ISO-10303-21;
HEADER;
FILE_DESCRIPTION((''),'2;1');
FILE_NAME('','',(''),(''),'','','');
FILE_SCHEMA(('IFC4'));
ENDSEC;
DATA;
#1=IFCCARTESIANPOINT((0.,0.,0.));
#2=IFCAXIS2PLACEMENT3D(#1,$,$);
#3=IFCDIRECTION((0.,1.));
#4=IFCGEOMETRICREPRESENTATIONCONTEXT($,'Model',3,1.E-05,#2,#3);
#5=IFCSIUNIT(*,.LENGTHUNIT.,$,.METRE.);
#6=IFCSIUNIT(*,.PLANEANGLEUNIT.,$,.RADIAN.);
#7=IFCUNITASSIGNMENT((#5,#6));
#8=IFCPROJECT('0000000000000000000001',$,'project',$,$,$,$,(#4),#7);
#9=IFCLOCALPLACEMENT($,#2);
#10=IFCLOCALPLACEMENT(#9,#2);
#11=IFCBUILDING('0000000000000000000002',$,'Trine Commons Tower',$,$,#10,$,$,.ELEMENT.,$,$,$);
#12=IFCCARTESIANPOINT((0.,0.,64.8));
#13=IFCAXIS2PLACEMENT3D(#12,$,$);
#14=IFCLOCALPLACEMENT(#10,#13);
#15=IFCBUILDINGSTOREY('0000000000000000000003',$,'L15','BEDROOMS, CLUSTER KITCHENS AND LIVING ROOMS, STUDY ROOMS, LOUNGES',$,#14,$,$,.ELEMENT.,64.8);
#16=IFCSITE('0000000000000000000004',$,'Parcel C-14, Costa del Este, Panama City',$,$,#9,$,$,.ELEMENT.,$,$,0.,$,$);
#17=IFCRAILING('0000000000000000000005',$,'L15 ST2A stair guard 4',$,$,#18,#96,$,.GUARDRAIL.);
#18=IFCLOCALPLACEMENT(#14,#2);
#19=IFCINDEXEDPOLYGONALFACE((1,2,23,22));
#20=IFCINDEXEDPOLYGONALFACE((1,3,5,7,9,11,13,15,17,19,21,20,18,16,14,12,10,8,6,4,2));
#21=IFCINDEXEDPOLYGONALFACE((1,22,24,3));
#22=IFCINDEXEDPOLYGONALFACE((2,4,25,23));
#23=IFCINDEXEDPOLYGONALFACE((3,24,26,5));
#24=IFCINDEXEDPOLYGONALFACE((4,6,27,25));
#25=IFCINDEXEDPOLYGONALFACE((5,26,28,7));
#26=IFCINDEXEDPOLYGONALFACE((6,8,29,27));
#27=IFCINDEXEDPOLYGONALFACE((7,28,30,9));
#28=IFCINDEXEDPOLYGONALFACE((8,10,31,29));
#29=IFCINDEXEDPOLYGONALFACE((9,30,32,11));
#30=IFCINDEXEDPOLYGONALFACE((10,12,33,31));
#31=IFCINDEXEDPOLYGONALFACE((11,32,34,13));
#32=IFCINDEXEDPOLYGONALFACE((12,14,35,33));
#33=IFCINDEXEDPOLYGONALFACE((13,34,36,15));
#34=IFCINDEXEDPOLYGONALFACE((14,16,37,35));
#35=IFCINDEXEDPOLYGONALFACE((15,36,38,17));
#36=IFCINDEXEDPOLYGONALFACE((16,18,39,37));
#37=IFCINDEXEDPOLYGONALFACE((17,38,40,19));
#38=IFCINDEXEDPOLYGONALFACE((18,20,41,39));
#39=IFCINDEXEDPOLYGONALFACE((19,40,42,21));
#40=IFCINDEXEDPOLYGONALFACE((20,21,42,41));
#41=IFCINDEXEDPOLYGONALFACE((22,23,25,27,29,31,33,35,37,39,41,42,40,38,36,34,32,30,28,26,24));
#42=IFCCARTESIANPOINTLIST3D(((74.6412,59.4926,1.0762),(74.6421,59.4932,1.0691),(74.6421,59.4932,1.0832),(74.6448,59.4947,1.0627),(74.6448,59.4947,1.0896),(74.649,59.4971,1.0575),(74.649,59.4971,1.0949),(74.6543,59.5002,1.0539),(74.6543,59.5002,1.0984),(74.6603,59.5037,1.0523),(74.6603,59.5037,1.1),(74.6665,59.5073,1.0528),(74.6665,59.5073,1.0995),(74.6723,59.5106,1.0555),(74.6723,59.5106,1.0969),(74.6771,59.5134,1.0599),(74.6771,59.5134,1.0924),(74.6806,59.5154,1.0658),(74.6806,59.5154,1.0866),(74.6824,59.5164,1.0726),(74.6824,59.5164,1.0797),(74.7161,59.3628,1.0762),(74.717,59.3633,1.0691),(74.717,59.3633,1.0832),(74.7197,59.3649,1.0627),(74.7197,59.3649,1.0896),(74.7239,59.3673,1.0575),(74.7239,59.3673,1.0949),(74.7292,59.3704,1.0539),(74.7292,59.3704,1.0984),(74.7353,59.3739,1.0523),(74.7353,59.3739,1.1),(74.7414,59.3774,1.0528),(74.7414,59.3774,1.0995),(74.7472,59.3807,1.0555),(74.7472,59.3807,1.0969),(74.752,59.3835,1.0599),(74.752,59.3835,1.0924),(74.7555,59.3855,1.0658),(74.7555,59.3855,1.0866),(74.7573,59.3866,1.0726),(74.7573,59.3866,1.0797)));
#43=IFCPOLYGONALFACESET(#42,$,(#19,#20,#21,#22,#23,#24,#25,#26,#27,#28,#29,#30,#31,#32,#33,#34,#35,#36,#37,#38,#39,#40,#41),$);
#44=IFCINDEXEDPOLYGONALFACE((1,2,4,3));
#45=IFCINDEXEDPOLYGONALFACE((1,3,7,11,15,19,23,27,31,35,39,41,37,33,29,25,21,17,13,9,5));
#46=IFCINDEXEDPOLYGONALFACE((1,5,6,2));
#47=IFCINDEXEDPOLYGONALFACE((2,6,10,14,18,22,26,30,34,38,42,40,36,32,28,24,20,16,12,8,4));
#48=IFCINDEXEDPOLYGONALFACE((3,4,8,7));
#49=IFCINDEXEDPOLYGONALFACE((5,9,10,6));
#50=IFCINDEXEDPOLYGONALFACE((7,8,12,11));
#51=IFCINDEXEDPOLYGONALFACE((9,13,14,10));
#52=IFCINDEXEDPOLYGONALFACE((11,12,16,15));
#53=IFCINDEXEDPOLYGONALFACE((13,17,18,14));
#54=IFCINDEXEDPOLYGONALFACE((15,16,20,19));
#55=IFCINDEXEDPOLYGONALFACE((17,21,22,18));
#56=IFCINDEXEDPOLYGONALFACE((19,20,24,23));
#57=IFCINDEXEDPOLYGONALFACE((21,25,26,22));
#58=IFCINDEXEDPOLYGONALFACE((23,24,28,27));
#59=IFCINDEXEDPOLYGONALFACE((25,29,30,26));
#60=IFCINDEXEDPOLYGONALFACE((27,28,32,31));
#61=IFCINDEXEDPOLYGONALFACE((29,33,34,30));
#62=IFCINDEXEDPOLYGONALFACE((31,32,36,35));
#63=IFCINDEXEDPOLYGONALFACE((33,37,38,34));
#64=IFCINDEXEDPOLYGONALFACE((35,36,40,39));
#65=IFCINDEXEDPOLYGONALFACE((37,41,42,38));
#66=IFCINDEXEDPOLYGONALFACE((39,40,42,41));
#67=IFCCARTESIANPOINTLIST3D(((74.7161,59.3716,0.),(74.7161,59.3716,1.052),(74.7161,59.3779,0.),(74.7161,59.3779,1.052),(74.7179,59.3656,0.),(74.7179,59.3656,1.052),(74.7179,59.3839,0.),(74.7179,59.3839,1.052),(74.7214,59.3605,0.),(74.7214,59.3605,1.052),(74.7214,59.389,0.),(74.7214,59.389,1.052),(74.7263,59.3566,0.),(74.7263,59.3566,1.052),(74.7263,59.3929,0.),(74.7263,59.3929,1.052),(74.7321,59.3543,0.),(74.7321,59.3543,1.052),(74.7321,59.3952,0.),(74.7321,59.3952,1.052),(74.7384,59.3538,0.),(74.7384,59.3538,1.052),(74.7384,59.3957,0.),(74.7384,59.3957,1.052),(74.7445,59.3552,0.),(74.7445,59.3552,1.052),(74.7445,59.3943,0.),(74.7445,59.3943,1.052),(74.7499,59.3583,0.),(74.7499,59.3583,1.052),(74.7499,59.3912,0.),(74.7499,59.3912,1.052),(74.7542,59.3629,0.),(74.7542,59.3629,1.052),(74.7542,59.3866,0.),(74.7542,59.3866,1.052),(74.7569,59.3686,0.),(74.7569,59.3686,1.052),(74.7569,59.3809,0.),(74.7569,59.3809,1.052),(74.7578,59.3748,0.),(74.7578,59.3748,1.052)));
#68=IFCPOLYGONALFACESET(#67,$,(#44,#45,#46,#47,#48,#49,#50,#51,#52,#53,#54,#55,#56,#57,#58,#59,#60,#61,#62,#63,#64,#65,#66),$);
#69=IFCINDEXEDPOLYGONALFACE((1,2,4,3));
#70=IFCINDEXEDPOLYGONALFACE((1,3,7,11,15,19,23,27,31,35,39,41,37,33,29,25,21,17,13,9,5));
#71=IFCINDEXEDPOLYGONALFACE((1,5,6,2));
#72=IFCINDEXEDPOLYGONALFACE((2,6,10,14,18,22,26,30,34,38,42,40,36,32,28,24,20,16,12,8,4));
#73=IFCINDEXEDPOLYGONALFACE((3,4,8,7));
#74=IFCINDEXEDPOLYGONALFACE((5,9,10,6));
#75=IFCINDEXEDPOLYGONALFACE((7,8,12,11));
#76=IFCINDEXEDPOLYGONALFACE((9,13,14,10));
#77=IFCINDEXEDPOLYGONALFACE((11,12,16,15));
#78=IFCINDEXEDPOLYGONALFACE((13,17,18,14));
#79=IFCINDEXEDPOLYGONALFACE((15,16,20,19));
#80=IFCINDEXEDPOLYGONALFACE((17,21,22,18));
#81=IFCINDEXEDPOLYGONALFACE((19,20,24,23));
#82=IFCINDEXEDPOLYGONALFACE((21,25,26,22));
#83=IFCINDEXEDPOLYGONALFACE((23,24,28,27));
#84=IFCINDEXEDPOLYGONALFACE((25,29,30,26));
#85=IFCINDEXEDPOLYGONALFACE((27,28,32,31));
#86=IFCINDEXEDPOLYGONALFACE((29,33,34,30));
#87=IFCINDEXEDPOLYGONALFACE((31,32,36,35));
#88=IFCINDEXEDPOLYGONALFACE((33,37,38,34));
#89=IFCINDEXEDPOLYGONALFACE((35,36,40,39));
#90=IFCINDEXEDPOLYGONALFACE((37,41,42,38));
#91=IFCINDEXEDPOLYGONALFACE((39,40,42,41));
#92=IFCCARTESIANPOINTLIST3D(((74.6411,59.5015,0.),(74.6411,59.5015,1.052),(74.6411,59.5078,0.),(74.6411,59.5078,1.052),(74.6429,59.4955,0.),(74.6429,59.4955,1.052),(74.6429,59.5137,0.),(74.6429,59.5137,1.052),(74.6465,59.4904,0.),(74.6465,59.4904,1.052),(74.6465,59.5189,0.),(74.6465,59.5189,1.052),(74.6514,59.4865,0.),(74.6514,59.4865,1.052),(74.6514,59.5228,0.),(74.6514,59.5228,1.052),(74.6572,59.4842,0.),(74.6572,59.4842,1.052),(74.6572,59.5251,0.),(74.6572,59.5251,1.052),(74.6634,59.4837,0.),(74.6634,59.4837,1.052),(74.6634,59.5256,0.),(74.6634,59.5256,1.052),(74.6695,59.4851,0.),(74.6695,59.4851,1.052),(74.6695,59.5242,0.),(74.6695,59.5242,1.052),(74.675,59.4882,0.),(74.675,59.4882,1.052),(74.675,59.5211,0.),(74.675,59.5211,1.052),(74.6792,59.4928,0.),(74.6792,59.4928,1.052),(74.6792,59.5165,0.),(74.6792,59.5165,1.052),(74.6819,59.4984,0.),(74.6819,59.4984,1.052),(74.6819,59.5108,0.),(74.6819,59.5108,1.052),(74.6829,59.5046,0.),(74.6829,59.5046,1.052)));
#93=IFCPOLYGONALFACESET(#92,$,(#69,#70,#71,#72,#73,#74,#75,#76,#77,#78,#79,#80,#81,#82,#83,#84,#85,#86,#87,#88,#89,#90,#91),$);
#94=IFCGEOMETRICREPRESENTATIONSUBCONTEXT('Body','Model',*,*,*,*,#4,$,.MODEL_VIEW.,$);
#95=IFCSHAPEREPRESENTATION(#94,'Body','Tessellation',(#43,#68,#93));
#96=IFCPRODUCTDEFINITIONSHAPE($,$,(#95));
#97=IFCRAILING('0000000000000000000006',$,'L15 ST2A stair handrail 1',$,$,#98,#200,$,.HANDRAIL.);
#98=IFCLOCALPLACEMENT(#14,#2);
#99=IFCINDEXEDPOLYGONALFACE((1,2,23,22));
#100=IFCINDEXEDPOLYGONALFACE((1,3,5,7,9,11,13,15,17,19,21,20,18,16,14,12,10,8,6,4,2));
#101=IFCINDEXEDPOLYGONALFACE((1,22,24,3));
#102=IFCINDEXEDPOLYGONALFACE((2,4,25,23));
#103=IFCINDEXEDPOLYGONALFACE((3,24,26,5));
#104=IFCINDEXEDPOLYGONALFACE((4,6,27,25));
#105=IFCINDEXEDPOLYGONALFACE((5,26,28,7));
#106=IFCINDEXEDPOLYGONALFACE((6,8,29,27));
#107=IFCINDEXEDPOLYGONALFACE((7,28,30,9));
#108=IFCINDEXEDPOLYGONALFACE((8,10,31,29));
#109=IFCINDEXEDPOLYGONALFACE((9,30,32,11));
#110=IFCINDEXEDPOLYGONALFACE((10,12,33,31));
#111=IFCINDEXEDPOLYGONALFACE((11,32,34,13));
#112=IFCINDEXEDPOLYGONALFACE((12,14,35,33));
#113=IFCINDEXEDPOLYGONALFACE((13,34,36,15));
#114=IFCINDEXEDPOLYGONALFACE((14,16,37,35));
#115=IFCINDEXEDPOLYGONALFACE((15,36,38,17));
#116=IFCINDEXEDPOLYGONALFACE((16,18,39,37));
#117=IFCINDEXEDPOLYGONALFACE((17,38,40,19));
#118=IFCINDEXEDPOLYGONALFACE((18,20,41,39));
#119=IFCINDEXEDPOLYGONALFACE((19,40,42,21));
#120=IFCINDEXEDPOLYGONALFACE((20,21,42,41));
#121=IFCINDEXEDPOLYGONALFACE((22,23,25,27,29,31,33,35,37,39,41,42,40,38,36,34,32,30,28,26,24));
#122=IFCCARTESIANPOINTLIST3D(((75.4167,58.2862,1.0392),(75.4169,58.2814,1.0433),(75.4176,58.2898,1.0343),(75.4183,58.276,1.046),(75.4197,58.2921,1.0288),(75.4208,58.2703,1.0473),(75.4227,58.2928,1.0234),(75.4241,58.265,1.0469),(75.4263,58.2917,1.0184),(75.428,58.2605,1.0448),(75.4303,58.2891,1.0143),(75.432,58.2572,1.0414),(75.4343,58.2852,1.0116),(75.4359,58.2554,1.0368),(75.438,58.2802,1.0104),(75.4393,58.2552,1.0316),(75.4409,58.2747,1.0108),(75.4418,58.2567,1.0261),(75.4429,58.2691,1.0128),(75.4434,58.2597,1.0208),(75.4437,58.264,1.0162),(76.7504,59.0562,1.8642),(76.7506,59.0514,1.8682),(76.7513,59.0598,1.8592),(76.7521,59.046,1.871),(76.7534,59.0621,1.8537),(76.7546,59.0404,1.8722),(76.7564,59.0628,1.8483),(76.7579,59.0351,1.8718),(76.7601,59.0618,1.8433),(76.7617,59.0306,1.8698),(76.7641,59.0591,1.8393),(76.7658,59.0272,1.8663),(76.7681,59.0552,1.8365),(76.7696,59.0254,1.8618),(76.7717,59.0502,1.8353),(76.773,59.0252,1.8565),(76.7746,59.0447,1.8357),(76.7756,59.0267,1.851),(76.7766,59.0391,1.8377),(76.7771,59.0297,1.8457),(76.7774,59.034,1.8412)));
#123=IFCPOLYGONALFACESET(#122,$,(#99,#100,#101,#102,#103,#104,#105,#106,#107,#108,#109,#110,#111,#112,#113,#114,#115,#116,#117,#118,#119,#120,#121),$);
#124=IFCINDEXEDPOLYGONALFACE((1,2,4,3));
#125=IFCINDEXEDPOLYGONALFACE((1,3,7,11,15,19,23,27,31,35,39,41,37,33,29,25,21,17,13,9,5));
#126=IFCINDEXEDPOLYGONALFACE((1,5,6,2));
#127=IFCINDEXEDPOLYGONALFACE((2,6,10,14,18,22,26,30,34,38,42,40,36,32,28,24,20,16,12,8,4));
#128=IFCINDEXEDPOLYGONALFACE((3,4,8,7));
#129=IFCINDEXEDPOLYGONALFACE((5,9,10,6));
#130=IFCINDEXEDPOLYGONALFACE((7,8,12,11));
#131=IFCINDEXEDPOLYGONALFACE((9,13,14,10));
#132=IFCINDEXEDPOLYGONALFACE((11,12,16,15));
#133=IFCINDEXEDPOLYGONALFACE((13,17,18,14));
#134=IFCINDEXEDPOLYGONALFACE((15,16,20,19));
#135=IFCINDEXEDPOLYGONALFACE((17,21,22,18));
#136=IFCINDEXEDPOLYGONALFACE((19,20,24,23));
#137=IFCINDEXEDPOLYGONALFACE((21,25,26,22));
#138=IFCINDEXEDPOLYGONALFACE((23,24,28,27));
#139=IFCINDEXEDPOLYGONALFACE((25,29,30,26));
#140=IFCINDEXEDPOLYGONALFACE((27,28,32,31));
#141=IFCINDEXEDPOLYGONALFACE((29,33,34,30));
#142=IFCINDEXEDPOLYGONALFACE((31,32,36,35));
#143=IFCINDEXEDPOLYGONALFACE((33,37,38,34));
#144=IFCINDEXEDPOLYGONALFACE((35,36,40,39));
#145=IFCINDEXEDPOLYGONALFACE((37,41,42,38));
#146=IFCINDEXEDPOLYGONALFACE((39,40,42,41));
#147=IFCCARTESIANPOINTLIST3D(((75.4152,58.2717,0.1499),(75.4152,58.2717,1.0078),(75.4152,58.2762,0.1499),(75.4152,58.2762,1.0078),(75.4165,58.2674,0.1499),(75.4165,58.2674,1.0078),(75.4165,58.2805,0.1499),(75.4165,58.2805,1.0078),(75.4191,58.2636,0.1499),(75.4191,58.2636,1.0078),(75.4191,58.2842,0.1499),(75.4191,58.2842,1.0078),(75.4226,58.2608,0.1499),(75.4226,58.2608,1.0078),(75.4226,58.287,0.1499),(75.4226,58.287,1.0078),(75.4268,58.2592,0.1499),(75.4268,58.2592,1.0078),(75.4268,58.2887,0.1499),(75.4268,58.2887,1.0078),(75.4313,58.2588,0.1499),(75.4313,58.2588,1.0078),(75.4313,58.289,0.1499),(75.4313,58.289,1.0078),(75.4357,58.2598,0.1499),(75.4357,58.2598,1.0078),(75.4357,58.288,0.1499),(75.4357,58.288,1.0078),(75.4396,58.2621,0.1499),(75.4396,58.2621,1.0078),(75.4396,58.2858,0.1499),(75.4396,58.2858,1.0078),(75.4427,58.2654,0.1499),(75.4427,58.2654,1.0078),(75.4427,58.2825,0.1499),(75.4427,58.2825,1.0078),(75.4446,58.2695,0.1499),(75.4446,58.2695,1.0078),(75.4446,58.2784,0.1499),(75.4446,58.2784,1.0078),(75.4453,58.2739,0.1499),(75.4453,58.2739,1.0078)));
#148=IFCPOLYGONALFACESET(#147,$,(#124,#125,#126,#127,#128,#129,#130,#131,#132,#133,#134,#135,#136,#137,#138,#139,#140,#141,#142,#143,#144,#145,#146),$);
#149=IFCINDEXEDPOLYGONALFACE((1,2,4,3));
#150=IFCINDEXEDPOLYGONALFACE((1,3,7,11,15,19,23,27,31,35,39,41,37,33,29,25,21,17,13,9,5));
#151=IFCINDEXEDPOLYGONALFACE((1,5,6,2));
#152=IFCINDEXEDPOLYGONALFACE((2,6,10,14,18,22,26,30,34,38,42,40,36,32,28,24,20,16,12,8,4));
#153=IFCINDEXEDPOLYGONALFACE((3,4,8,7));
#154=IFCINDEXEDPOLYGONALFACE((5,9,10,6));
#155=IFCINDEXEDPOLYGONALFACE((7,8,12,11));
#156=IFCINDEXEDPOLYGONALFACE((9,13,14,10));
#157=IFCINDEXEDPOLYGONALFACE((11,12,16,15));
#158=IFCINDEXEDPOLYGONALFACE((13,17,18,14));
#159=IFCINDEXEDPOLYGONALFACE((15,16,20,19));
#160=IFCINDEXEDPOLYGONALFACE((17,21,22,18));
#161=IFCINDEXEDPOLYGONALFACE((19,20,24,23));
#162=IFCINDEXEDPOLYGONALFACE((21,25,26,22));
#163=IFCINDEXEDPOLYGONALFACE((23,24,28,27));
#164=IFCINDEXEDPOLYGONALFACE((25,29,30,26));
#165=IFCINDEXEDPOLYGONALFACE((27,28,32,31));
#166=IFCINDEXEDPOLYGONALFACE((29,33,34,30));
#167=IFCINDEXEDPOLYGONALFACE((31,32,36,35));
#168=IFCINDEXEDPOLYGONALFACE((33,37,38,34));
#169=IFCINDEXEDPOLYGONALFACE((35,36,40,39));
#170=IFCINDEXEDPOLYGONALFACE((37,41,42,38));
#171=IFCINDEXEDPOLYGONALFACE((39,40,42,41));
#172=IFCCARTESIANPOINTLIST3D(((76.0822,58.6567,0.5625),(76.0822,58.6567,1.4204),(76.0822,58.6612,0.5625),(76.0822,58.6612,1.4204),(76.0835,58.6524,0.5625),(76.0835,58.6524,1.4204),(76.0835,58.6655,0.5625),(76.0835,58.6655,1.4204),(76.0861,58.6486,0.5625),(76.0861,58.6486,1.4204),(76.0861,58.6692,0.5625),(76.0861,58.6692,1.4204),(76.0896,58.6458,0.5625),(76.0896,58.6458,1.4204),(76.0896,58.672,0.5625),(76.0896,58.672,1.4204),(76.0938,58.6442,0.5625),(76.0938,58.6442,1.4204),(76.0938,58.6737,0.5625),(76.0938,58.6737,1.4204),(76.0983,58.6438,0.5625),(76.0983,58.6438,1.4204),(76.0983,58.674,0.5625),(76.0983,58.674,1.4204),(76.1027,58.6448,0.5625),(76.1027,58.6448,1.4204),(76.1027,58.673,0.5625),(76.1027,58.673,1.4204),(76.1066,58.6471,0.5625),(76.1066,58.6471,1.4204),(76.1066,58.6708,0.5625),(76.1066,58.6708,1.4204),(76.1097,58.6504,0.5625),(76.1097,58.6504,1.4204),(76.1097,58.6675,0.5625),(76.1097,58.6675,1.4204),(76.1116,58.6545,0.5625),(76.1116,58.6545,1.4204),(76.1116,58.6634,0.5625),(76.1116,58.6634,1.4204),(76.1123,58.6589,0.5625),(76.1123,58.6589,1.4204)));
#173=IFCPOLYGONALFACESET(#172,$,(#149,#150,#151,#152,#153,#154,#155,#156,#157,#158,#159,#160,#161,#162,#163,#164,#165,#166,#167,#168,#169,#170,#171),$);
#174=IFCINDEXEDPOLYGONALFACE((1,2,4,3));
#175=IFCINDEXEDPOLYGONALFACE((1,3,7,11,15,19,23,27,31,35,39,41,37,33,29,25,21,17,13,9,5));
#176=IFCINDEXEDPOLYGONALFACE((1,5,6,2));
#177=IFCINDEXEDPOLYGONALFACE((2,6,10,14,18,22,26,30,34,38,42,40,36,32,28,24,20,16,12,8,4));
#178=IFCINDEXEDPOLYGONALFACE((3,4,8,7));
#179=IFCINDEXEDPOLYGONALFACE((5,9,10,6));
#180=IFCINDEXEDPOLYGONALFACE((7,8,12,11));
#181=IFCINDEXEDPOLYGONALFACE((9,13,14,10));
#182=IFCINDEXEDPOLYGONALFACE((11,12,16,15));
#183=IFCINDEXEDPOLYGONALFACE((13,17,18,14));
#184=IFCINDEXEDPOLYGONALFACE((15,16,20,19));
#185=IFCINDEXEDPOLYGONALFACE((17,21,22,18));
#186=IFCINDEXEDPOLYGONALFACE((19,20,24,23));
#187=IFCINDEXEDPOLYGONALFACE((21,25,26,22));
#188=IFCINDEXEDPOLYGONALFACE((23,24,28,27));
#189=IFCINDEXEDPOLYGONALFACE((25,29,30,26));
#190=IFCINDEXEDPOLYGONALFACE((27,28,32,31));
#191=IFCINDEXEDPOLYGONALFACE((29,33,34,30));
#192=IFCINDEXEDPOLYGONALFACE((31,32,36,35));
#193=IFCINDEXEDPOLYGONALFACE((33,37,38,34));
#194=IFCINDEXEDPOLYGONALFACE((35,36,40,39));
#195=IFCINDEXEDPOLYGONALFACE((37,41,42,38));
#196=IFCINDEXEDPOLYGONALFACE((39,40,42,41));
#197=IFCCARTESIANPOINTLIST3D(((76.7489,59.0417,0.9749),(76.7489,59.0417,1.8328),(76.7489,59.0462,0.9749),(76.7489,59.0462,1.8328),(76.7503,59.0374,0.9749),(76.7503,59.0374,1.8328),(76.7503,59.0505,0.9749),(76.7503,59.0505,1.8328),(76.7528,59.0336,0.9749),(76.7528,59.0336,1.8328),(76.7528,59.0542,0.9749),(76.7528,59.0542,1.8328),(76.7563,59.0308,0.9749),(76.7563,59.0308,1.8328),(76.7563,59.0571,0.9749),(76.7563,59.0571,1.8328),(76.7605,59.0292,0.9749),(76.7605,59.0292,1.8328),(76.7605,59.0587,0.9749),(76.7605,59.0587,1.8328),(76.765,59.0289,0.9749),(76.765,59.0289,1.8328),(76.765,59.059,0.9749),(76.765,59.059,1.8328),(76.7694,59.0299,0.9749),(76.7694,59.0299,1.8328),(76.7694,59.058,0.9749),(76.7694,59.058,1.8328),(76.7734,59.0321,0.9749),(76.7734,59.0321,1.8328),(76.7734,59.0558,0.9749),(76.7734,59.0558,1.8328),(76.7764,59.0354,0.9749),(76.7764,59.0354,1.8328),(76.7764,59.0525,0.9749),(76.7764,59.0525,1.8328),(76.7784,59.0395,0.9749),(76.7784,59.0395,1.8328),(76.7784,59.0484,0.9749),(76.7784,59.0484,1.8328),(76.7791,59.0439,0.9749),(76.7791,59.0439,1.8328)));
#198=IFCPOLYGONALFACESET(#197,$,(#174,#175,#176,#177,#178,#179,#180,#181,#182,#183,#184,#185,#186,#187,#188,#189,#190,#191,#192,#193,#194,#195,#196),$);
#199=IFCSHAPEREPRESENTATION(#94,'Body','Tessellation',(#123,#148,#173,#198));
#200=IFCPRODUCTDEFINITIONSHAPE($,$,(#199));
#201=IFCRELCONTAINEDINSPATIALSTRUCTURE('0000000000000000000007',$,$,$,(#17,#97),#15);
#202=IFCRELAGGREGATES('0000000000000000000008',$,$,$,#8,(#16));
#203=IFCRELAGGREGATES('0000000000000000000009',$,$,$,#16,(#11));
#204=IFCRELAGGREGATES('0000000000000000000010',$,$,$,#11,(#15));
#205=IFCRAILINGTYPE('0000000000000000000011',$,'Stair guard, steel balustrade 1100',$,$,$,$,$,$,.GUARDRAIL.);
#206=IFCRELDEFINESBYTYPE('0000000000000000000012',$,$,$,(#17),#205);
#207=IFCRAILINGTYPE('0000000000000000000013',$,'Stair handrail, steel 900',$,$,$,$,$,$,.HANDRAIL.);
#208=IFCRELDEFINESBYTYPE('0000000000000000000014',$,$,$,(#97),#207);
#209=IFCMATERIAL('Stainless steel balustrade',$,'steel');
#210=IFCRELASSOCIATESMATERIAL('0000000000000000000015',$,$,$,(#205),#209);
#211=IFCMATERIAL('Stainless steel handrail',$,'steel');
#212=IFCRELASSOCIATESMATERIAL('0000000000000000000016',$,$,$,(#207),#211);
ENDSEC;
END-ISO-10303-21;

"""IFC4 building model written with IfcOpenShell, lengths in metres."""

from ifc_helpers import new_model, si_unit, direction, frame, origin, origin_2d, place, context, subcontext, project, spatial, circle, extrude, material, type_object, element, save


model = new_model("IFC4")

# Units and contexts
model_context = context("Model", 3, precision=1e-05, world=origin(), true_north=direction((0.0, 1.0)))
body_context = subcontext(model_context, "Body", "Model", "MODEL_VIEW")
ifc_project = project(units=[si_unit("LENGTHUNIT", "METRE"), si_unit("PLANEANGLEUNIT", "RADIAN")], contexts=[model_context])

# Site, building, storey
site_placement = place(None, origin())
site = spatial("IfcSite", under=ifc_project, at=site_placement, Name="Parcel C-14, Costa del Este, Panama City", CompositionType="ELEMENT", RefElevation=0.0)
building_placement = place(site_placement, origin())
building = spatial("IfcBuilding", under=site, at=building_placement, Name="Trine Commons Tower", CompositionType="ELEMENT")
storey_placement = place(building_placement, frame((0.0, 0.0, 64.8)))
storey = spatial("IfcBuildingStorey", under=building, at=storey_placement, Name="L15", Description="BEDROOMS, CLUSTER KITCHENS AND LIVING ROOMS, STUDY ROOMS, LOUNGES", CompositionType="ELEMENT", Elevation=64.8)

# Railings
ifc_material_1 = material(Name="Stainless steel balustrade", Category="steel")
railing_type_1 = type_object("IfcRailingType", Name="Stair guard, steel balustrade 1100", PredefinedType="GUARDRAIL", material=ifc_material_1)
railing_1_placement = place(storey_placement, frame((74.7368, 59.3748, 0.0)))
element("IfcRailing", 1, at=railing_1_placement, inside=storey, type_object=railing_type_1, Name="L15 ST2A stair guard 4", PredefinedType="GUARDRAIL", context=body_context, shape_type="SweptSolid", body=[
    extrude(circle(Radius=0.0239, at=origin_2d()), frame((0.0, 0.0, 1.0762), z_axis=(-0.499816, 0.866131, 0.0), x_axis=(-0.866131, -0.499816, 0.0)), (0.0, 0.0, 1.0), 0.1499),
    extrude(circle(Radius=0.021, at=origin_2d()), origin(), (0.0, 0.0, 1.0), 1.052),
    extrude(circle(Radius=0.021, at=origin_2d()), frame((-0.075, 0.1299, 0.0)), (0.0, 0.0, 1.0), 1.052),
])
ifc_material_2 = material(Name="Stainless steel handrail", Category="steel")
railing_type_2 = type_object("IfcRailingType", Name="Stair handrail, steel 900", PredefinedType="HANDRAIL", material=ifc_material_2)
railing_2_placement = place(storey_placement, frame((75.4302, 58.2739, 0.1499)))
element("IfcRailing", 2, at=railing_2_placement, inside=storey, type_object=railing_type_2, Name="L15 ST2A stair handrail 1", PredefinedType="HANDRAIL", context=body_context, shape_type="SweptSolid", body=[
    extrude(circle(Radius=0.021, at=origin_2d()), frame((0.0, 0.0, 0.8789), z_axis=(0.763405, 0.440743, 0.472185), x_axis=(-0.499992, 0.86603, 0.0)), (0.0, 0.0, 1.0), 1.7471),
    extrude(circle(Radius=0.0151, at=origin_2d()), origin(), (0.0, 0.0, 1.0), 0.8579),
    extrude(circle(Radius=0.0151, at=origin_2d()), frame((0.667, 0.385, 0.4126)), (0.0, 0.0, 1.0), 0.8579),
    extrude(circle(Radius=0.0151, at=origin_2d()), frame((1.3337, 0.77, 0.825)), (0.0, 0.0, 1.0), 0.8579),
])

save(model, "model.ifc")
